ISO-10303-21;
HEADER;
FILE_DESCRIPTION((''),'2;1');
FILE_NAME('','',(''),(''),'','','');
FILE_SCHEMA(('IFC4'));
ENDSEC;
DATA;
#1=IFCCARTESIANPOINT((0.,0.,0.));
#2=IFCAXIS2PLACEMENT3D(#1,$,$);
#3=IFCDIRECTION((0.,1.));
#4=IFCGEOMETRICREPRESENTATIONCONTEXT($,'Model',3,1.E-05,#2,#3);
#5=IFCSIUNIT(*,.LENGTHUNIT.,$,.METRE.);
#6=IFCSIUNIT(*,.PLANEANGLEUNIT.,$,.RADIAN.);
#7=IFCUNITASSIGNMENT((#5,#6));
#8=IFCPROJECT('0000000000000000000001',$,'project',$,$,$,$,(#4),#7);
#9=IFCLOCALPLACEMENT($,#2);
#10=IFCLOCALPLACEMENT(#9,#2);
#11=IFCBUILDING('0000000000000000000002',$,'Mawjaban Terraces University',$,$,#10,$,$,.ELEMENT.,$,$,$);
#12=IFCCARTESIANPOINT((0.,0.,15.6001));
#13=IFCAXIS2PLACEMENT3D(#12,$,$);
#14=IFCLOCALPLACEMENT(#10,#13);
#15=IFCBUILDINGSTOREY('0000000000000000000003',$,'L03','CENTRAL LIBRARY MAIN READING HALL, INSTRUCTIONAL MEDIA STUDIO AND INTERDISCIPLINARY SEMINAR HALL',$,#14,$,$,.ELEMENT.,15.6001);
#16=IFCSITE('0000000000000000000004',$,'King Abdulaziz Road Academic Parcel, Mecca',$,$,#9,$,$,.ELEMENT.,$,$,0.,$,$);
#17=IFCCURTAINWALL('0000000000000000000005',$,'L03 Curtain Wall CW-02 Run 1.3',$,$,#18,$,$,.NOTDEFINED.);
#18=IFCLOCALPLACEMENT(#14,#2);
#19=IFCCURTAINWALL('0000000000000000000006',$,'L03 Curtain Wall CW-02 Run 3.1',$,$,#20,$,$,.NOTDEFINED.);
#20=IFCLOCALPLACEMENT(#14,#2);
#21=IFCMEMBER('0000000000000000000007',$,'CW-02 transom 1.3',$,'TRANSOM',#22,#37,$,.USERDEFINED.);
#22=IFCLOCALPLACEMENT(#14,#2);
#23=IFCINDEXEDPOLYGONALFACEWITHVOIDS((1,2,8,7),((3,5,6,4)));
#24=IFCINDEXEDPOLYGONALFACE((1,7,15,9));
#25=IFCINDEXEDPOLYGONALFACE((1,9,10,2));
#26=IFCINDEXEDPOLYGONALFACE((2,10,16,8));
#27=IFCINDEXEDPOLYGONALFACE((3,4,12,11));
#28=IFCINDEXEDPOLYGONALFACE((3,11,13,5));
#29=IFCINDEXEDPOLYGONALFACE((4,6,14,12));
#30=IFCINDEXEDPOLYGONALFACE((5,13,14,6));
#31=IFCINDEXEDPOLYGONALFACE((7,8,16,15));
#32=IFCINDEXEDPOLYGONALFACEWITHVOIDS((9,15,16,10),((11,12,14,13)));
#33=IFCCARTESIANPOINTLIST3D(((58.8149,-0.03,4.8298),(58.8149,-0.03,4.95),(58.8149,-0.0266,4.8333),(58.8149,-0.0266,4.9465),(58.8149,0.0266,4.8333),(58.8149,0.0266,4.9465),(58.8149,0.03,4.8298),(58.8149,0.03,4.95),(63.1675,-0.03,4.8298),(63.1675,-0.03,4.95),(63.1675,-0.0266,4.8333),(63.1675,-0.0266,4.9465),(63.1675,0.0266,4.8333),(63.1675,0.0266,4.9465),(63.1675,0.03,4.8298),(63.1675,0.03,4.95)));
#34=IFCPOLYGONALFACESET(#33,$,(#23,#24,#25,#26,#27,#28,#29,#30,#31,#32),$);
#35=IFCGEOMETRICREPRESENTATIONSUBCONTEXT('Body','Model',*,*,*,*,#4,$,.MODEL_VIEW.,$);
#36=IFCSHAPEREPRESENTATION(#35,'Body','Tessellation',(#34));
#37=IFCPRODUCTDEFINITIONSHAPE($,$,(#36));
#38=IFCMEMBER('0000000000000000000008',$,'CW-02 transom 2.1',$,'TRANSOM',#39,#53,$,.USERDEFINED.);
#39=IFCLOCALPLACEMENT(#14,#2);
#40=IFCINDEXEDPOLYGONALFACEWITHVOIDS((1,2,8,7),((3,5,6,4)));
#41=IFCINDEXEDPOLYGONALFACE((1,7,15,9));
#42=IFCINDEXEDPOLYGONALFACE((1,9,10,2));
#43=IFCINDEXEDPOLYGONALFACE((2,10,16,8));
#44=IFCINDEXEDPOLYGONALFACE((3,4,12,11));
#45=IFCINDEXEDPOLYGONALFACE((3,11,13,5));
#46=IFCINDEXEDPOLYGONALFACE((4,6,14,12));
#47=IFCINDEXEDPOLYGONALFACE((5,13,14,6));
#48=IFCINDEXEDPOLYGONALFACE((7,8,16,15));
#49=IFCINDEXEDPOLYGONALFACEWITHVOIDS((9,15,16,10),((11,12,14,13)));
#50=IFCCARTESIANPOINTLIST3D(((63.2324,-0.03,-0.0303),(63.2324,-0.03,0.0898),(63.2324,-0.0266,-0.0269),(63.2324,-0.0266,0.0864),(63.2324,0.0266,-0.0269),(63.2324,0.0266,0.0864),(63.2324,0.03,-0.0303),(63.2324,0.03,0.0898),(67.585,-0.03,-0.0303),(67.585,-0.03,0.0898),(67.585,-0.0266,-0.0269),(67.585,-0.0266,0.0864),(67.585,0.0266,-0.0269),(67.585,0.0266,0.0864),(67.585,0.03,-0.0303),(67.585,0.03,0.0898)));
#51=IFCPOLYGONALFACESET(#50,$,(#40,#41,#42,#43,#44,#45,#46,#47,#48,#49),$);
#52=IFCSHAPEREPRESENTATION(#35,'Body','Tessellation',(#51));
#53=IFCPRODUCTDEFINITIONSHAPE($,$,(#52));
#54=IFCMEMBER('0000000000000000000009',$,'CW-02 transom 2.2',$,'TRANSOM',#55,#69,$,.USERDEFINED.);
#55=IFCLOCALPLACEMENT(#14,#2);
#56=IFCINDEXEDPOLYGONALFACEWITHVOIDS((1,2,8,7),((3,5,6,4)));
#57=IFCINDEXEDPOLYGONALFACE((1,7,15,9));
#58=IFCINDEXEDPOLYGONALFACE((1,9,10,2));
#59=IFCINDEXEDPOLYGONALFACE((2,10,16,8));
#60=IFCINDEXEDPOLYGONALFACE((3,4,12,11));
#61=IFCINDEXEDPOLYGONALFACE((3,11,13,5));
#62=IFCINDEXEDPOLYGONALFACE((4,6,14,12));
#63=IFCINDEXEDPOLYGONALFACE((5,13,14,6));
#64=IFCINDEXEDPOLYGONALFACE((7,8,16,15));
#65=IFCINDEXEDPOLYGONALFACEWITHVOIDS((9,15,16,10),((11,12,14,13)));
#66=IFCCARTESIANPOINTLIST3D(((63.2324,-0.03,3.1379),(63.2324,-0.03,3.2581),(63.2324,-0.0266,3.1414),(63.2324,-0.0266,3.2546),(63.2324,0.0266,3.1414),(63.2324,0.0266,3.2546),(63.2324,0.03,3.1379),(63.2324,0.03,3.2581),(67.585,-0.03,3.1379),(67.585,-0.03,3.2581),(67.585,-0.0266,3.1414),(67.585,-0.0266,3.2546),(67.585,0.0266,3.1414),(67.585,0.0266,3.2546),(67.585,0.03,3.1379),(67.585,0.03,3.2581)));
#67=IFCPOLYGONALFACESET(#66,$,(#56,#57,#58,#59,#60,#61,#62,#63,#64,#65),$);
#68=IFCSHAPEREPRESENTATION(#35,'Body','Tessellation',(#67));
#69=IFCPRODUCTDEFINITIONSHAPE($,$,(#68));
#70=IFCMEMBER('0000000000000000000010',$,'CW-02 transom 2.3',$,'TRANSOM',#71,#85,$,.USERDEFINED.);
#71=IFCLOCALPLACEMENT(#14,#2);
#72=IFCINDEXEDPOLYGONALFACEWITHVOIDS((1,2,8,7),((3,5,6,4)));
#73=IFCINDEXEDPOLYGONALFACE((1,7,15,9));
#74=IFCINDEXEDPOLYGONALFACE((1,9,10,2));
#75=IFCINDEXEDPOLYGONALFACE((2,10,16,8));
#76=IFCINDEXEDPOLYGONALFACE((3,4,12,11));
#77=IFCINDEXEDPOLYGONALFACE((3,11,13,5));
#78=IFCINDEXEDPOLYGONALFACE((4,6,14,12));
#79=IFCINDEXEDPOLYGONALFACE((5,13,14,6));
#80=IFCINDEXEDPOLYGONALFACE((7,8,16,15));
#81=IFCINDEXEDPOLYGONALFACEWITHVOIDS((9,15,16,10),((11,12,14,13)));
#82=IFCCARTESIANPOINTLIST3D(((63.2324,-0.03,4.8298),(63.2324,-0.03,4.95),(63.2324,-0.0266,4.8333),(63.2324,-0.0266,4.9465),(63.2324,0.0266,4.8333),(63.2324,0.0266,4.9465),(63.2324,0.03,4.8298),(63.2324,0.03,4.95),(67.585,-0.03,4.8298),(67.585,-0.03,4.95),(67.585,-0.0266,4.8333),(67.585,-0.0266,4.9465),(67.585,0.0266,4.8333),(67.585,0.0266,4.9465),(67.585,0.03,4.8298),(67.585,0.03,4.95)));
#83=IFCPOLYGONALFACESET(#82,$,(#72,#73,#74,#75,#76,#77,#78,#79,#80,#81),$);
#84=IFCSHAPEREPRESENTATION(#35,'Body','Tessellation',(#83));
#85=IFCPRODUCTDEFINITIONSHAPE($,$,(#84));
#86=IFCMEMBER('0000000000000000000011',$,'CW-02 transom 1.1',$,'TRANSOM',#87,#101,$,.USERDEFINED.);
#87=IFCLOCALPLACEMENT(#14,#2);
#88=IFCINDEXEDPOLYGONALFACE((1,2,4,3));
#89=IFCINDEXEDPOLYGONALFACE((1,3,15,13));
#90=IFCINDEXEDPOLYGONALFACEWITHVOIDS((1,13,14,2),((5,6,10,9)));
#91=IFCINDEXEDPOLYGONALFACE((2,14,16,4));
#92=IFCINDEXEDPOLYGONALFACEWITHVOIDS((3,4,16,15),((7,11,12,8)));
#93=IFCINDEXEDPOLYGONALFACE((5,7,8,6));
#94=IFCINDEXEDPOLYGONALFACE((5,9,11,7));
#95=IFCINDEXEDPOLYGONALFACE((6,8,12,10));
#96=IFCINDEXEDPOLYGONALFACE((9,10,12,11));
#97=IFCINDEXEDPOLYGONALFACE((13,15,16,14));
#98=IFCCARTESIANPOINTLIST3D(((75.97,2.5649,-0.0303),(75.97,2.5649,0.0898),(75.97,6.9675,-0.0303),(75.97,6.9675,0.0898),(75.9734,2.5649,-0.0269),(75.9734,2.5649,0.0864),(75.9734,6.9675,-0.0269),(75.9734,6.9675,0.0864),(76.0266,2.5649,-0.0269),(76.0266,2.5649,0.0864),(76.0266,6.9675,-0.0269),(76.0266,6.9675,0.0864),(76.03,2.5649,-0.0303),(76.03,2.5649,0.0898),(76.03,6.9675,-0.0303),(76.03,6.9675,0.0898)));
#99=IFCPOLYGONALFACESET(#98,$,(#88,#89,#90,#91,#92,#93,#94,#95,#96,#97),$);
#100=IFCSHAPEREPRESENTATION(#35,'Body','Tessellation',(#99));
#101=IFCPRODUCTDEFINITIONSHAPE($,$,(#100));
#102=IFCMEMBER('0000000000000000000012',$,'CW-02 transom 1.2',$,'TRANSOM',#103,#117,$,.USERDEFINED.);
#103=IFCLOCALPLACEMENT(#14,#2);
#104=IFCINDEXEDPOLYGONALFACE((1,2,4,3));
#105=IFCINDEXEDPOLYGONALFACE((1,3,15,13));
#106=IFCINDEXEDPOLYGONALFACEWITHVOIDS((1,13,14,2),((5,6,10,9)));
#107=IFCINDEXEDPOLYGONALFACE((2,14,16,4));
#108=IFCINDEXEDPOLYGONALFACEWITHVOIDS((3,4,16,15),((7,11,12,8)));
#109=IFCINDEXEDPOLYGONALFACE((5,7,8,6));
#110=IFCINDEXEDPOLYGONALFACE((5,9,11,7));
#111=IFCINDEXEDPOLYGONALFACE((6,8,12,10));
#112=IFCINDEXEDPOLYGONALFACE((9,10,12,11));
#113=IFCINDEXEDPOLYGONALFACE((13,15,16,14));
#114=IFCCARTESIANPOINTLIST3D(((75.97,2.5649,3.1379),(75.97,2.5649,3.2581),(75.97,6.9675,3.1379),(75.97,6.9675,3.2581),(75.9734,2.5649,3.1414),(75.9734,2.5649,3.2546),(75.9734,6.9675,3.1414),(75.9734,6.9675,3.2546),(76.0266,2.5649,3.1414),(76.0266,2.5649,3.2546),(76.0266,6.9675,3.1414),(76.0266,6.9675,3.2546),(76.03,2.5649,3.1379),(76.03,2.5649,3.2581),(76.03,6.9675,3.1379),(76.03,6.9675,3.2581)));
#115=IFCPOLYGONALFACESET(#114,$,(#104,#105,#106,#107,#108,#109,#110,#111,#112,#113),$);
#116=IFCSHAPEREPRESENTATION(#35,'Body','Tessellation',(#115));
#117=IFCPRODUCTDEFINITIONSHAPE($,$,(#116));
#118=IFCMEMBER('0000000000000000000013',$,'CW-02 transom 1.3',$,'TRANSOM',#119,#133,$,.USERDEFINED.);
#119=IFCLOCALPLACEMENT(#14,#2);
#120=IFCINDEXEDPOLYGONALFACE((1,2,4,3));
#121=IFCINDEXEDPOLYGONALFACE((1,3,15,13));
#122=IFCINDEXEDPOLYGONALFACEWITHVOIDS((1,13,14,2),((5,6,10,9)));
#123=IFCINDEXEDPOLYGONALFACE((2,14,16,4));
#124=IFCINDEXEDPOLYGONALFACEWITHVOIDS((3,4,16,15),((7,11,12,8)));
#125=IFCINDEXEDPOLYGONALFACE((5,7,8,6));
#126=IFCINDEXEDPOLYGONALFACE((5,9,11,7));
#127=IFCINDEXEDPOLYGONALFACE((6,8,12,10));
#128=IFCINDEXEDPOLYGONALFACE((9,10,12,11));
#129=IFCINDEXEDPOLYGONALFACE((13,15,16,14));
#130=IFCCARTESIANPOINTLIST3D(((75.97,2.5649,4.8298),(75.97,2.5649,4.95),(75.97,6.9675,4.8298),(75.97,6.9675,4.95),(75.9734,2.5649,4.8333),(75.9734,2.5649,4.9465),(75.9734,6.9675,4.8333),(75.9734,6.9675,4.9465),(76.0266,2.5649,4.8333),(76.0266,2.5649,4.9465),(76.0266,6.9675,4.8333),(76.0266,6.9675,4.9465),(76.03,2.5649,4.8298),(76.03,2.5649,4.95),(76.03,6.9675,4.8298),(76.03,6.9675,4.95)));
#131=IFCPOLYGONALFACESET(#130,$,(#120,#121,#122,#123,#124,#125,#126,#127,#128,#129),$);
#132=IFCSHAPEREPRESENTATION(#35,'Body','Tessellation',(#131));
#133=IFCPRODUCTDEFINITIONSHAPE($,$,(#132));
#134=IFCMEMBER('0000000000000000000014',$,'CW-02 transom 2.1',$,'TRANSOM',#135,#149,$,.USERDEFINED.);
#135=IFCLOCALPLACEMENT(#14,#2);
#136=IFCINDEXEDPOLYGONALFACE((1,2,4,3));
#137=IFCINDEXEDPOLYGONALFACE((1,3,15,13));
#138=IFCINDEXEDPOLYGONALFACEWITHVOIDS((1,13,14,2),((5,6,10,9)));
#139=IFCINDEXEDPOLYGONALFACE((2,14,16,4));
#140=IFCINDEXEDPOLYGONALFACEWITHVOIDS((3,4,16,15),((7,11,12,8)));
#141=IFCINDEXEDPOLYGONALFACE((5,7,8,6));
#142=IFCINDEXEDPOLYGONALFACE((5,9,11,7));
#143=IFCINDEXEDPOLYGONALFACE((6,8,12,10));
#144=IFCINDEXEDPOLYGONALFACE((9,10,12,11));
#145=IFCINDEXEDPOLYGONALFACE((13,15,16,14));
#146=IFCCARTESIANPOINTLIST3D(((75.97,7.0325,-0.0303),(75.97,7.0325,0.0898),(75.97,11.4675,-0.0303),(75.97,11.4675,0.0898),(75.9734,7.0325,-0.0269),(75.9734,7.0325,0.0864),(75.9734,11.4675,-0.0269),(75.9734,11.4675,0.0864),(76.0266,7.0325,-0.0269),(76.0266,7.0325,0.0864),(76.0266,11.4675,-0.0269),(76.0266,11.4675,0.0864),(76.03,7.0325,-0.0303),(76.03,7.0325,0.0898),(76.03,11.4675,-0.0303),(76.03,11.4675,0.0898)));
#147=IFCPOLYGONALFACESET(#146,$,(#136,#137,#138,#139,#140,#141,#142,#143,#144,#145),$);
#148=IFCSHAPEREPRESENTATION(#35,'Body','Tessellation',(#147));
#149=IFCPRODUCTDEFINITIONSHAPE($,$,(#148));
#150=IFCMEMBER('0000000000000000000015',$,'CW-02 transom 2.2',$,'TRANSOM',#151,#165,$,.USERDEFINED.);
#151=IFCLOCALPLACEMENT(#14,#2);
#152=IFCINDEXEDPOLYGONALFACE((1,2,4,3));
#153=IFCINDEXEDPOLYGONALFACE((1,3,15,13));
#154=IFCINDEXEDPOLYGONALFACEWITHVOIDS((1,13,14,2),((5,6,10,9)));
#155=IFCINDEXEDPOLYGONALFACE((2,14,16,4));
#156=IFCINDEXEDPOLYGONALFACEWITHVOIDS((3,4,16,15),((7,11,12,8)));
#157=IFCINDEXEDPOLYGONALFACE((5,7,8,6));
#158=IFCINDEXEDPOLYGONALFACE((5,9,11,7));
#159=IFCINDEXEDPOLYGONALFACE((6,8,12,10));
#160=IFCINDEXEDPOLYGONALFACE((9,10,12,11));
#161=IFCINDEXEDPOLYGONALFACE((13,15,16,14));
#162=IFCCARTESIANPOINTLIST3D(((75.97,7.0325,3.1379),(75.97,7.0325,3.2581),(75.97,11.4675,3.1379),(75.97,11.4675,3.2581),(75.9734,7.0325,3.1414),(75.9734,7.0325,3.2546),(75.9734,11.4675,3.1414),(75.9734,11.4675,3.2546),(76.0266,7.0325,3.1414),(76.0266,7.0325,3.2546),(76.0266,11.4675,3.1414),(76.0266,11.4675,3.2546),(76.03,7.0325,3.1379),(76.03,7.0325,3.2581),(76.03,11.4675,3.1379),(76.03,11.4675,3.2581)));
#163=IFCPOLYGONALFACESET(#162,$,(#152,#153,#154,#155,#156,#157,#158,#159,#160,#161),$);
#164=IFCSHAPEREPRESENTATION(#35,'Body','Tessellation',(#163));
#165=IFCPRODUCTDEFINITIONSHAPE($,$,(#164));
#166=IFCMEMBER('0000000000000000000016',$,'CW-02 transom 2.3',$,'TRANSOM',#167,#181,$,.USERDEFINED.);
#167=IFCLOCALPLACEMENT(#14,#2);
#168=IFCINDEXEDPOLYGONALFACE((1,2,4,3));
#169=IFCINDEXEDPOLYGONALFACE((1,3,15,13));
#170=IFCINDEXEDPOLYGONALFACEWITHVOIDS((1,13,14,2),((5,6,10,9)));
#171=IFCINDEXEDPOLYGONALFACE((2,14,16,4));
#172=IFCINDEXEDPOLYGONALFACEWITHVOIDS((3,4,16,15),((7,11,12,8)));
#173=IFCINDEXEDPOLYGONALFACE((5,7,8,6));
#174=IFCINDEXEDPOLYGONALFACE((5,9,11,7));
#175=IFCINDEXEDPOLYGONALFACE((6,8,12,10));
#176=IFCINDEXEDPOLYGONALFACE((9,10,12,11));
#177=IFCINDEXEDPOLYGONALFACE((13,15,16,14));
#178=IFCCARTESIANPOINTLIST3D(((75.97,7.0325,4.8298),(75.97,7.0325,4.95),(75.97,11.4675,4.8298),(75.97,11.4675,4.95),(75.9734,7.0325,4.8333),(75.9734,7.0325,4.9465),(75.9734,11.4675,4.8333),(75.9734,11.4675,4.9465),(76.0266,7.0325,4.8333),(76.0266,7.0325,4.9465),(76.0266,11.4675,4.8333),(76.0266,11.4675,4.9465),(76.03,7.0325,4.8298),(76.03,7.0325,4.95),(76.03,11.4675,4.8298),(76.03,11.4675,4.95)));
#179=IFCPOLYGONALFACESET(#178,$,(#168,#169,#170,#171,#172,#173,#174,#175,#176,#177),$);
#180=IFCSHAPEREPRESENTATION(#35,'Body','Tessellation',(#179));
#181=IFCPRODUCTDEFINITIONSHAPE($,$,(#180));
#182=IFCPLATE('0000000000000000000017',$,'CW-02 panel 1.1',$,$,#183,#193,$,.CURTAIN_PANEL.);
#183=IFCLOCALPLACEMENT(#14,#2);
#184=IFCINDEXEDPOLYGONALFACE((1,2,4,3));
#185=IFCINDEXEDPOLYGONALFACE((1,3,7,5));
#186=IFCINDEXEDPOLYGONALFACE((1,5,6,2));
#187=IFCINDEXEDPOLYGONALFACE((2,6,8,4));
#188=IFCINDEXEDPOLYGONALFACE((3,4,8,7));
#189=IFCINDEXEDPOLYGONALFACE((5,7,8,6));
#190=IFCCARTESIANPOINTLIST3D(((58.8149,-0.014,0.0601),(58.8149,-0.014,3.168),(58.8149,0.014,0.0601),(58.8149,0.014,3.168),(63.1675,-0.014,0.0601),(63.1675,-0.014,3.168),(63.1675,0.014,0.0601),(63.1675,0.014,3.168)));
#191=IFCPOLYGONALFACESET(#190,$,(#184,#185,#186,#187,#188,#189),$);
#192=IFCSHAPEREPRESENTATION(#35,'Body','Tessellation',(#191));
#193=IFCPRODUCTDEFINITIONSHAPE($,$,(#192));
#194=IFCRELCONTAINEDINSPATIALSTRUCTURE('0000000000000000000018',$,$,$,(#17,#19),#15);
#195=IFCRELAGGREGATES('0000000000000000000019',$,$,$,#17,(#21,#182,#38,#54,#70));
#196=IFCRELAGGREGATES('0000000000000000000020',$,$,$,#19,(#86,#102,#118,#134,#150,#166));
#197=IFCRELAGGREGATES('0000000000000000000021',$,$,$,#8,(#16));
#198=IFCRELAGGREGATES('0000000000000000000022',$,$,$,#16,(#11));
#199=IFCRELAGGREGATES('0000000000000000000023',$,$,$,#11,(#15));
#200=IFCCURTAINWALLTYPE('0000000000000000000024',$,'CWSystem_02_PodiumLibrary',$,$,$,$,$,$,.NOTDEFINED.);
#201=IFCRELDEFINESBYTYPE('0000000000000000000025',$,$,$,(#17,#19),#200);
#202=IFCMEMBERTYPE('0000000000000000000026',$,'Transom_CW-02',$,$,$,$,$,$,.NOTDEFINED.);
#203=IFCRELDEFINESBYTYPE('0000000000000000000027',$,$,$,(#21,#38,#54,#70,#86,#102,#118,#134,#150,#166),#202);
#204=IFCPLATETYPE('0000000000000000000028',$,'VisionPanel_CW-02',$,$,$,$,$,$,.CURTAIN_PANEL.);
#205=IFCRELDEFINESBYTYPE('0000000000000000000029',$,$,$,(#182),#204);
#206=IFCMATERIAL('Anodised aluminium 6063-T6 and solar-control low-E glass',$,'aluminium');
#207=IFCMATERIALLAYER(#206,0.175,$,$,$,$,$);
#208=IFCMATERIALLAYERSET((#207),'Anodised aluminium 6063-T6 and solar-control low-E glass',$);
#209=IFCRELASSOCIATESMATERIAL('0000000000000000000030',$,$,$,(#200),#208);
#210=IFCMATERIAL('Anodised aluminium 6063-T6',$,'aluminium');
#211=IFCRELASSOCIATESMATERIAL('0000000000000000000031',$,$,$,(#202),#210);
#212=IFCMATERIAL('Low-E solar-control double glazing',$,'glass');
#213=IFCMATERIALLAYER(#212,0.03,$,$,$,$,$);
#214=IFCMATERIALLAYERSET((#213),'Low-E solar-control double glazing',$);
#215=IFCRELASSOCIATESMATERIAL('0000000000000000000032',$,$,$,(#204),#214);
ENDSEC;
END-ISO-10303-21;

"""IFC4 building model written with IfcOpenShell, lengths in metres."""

from ifc_helpers import new_model, si_unit, direction, frame, origin, origin_2d, place, context, subcontext, project, spatial, rectangle, hollow_rectangle, extrude, material, layer, layer_set, material_profile, profile_set, type_object, element, aggregate, save


model = new_model("IFC4")

# Units and contexts
model_context = context("Model", 3, precision=1e-05, world=origin(), true_north=direction((0.0, 1.0)))
body_context = subcontext(model_context, "Body", "Model", "MODEL_VIEW")
ifc_project = project(units=[si_unit("LENGTHUNIT", "METRE"), si_unit("PLANEANGLEUNIT", "RADIAN")], contexts=[model_context])

# Site, building, storey
site_placement = place(None, origin())
site = spatial("IfcSite", under=ifc_project, at=site_placement, Name="King Abdulaziz Road Academic Parcel, Mecca", CompositionType="ELEMENT", RefElevation=0.0)
building_placement = place(site_placement, origin())
building = spatial("IfcBuilding", under=site, at=building_placement, Name="Mawjaban Terraces University", CompositionType="ELEMENT")
storey_placement = place(building_placement, frame((0.0, 0.0, 15.6001)))
storey = spatial("IfcBuildingStorey", under=building, at=storey_placement, Name="L03", Description="CENTRAL LIBRARY MAIN READING HALL, INSTRUCTIONAL MEDIA STUDIO AND INTERDISCIPLINARY SEMINAR HALL", CompositionType="ELEMENT", Elevation=15.6001)

# Curtain walls
ifc_material_1 = material(Name="Anodised aluminium 6063-T6 and solar-control low-E glass", Category="aluminium")
ifc_layer_1 = layer(ifc_material_1, 0.175)
ifc_layer_set_1 = layer_set([ifc_layer_1], Name="Anodised aluminium 6063-T6 and solar-control low-E glass")
curtain_wall_type = type_object("IfcCurtainWallType", Name="CWSystem_02_PodiumLibrary", PredefinedType="NOTDEFINED", material=ifc_layer_set_1)
curtain_wall_1_placement = place(storey_placement, origin())
curtain_wall_1 = element("IfcCurtainWall", 1, at=curtain_wall_1_placement, inside=storey, type_object=curtain_wall_type, Name="L03 Curtain Wall CW-02 Run 1.3", PredefinedType="NOTDEFINED")
ifc_material_2 = material(Name="Anodised aluminium 6063-T6", Category="aluminium")
curtain_wall_2_placement = place(storey_placement, origin())
curtain_wall_2 = element("IfcCurtainWall", 2, at=curtain_wall_2_placement, inside=storey, type_object=curtain_wall_type, Name="L03 Curtain Wall CW-02 Run 3.1", PredefinedType="NOTDEFINED")

# Members
ifc_material_profile_1 = material_profile(ifc_material_2, hollow_rectangle(XDim=0.0601, YDim=0.1201, WallThickness=0.0034, at=origin_2d()), Name="ALU120X60X3.5")
ifc_profile_set_1 = profile_set([ifc_material_profile_1], Name="Anodised aluminium 6063-T6")
member_type_1 = type_object("IfcMemberType", Name="Transom_CW-02", PredefinedType="NOTDEFINED", material=ifc_profile_set_1)
member_1_placement = place(storey_placement, frame((58.8149, 0.0, 4.8899), z_axis=(1.0, 0.0, 0.0), x_axis=(0.0, 1.0, 0.0)))
member_1 = element("IfcMember", 3, at=member_1_placement, type_object=member_type_1, Name="CW-02 transom 1.3", ObjectType="TRANSOM", PredefinedType="USERDEFINED", context=body_context, shape_type="SweptSolid", body=[
    extrude(hollow_rectangle(XDim=0.0601, YDim=0.1201, WallThickness=0.0034, at=origin_2d()), origin(), (0.0, 0.0, 1.0), 4.3525),
])
member_2_placement = place(storey_placement, frame((63.2324, 0.0, 0.0298), z_axis=(1.0, 0.0, 0.0), x_axis=(0.0, 1.0, 0.0)))
member_2 = element("IfcMember", 4, at=member_2_placement, type_object=member_type_1, Name="CW-02 transom 2.1", ObjectType="TRANSOM", PredefinedType="USERDEFINED", context=body_context, shape_type="SweptSolid", body=[
    extrude(hollow_rectangle(XDim=0.0601, YDim=0.1201, WallThickness=0.0034, at=origin_2d()), origin(), (0.0, 0.0, 1.0), 4.3525),
])
member_3_placement = place(storey_placement, frame((63.2324, 0.0, 3.198), z_axis=(1.0, 0.0, 0.0), x_axis=(0.0, 1.0, 0.0)))
member_3 = element("IfcMember", 5, at=member_3_placement, type_object=member_type_1, Name="CW-02 transom 2.2", ObjectType="TRANSOM", PredefinedType="USERDEFINED", context=body_context, shape_type="SweptSolid", body=[
    extrude(hollow_rectangle(XDim=0.0601, YDim=0.1201, WallThickness=0.0034, at=origin_2d()), origin(), (0.0, 0.0, 1.0), 4.3525),
])
member_4_placement = place(storey_placement, frame((63.2324, 0.0, 4.8899), z_axis=(1.0, 0.0, 0.0), x_axis=(0.0, 1.0, 0.0)))
member_4 = element("IfcMember", 6, at=member_4_placement, type_object=member_type_1, Name="CW-02 transom 2.3", ObjectType="TRANSOM", PredefinedType="USERDEFINED", context=body_context, shape_type="SweptSolid", body=[
    extrude(hollow_rectangle(XDim=0.0601, YDim=0.1201, WallThickness=0.0034, at=origin_2d()), origin(), (0.0, 0.0, 1.0), 4.3525),
])
member_5_placement = place(storey_placement, frame((76.0, 2.5649, 0.0298), z_axis=(0.0, 1.0, 0.0), x_axis=(-1.0, 0.0, 0.0)))
member_5 = element("IfcMember", 7, at=member_5_placement, type_object=member_type_1, Name="CW-02 transom 1.1", ObjectType="TRANSOM", PredefinedType="USERDEFINED", context=body_context, shape_type="SweptSolid", body=[
    extrude(hollow_rectangle(XDim=0.0601, YDim=0.1201, WallThickness=0.0034, at=origin_2d()), origin(), (0.0, 0.0, 1.0), 4.4026),
])
member_6_placement = place(storey_placement, frame((76.0, 2.5649, 3.198), z_axis=(0.0, 1.0, 0.0), x_axis=(-1.0, 0.0, 0.0)))
member_6 = element("IfcMember", 8, at=member_6_placement, type_object=member_type_1, Name="CW-02 transom 1.2", ObjectType="TRANSOM", PredefinedType="USERDEFINED", context=body_context, shape_type="SweptSolid", body=[
    extrude(hollow_rectangle(XDim=0.0601, YDim=0.1201, WallThickness=0.0034, at=origin_2d()), origin(), (0.0, 0.0, 1.0), 4.4026),
])
member_7_placement = place(storey_placement, frame((76.0, 2.5649, 4.8899), z_axis=(0.0, 1.0, 0.0), x_axis=(-1.0, 0.0, 0.0)))
member_7 = element("IfcMember", 9, at=member_7_placement, type_object=member_type_1, Name="CW-02 transom 1.3", ObjectType="TRANSOM", PredefinedType="USERDEFINED", context=body_context, shape_type="SweptSolid", body=[
    extrude(hollow_rectangle(XDim=0.0601, YDim=0.1201, WallThickness=0.0034, at=origin_2d()), origin(), (0.0, 0.0, 1.0), 4.4026),
])
member_8_placement = place(storey_placement, frame((76.0, 7.0325, 0.0298), z_axis=(0.0, 1.0, 0.0), x_axis=(-1.0, 0.0, 0.0)))
member_8 = element("IfcMember", 10, at=member_8_placement, type_object=member_type_1, Name="CW-02 transom 2.1", ObjectType="TRANSOM", PredefinedType="USERDEFINED", context=body_context, shape_type="SweptSolid", body=[
    extrude(hollow_rectangle(XDim=0.0601, YDim=0.1201, WallThickness=0.0034, at=origin_2d()), origin(), (0.0, 0.0, 1.0), 4.4351),
])
member_9_placement = place(storey_placement, frame((76.0, 7.0325, 3.198), z_axis=(0.0, 1.0, 0.0), x_axis=(-1.0, 0.0, 0.0)))
member_9 = element("IfcMember", 11, at=member_9_placement, type_object=member_type_1, Name="CW-02 transom 2.2", ObjectType="TRANSOM", PredefinedType="USERDEFINED", context=body_context, shape_type="SweptSolid", body=[
    extrude(hollow_rectangle(XDim=0.0601, YDim=0.1201, WallThickness=0.0034, at=origin_2d()), origin(), (0.0, 0.0, 1.0), 4.4351),
])
member_10_placement = place(storey_placement, frame((76.0, 7.0325, 4.8899), z_axis=(0.0, 1.0, 0.0), x_axis=(-1.0, 0.0, 0.0)))
member_10 = element("IfcMember", 12, at=member_10_placement, type_object=member_type_1, Name="CW-02 transom 2.3", ObjectType="TRANSOM", PredefinedType="USERDEFINED", context=body_context, shape_type="SweptSolid", body=[
    extrude(hollow_rectangle(XDim=0.0601, YDim=0.1201, WallThickness=0.0034, at=origin_2d()), origin(), (0.0, 0.0, 1.0), 4.4351),
])

# Plate
ifc_material_3 = material(Name="Low-E solar-control double glazing", Category="glass")
ifc_layer_2 = layer(ifc_material_3, 0.03)
ifc_layer_set_2 = layer_set([ifc_layer_2], Name="Low-E solar-control double glazing")
plate_type = type_object("IfcPlateType", Name="VisionPanel_CW-02", PredefinedType="CURTAIN_PANEL", material=ifc_layer_set_2)
plate_1_placement = place(storey_placement, frame((60.9912, 0.0, 0.0601), z_axis=(0.0, 0.0, 1.0), x_axis=(1.0, 0.0, 0.0)))
plate_1 = element("IfcPlate", 13, at=plate_1_placement, type_object=plate_type, Name="CW-02 panel 1.1", PredefinedType="CURTAIN_PANEL", context=body_context, shape_type="SweptSolid", body=[
    extrude(rectangle(XDim=4.3525, YDim=0.0281, at=origin_2d()), origin(), (0.0, 0.0, 1.0), 3.1079),
])
aggregate(curtain_wall_1, [member_1, plate_1, member_2, member_3, member_4])
aggregate(curtain_wall_2, [member_5, member_6, member_7, member_8, member_9, member_10])

save(model, "model.ifc")
